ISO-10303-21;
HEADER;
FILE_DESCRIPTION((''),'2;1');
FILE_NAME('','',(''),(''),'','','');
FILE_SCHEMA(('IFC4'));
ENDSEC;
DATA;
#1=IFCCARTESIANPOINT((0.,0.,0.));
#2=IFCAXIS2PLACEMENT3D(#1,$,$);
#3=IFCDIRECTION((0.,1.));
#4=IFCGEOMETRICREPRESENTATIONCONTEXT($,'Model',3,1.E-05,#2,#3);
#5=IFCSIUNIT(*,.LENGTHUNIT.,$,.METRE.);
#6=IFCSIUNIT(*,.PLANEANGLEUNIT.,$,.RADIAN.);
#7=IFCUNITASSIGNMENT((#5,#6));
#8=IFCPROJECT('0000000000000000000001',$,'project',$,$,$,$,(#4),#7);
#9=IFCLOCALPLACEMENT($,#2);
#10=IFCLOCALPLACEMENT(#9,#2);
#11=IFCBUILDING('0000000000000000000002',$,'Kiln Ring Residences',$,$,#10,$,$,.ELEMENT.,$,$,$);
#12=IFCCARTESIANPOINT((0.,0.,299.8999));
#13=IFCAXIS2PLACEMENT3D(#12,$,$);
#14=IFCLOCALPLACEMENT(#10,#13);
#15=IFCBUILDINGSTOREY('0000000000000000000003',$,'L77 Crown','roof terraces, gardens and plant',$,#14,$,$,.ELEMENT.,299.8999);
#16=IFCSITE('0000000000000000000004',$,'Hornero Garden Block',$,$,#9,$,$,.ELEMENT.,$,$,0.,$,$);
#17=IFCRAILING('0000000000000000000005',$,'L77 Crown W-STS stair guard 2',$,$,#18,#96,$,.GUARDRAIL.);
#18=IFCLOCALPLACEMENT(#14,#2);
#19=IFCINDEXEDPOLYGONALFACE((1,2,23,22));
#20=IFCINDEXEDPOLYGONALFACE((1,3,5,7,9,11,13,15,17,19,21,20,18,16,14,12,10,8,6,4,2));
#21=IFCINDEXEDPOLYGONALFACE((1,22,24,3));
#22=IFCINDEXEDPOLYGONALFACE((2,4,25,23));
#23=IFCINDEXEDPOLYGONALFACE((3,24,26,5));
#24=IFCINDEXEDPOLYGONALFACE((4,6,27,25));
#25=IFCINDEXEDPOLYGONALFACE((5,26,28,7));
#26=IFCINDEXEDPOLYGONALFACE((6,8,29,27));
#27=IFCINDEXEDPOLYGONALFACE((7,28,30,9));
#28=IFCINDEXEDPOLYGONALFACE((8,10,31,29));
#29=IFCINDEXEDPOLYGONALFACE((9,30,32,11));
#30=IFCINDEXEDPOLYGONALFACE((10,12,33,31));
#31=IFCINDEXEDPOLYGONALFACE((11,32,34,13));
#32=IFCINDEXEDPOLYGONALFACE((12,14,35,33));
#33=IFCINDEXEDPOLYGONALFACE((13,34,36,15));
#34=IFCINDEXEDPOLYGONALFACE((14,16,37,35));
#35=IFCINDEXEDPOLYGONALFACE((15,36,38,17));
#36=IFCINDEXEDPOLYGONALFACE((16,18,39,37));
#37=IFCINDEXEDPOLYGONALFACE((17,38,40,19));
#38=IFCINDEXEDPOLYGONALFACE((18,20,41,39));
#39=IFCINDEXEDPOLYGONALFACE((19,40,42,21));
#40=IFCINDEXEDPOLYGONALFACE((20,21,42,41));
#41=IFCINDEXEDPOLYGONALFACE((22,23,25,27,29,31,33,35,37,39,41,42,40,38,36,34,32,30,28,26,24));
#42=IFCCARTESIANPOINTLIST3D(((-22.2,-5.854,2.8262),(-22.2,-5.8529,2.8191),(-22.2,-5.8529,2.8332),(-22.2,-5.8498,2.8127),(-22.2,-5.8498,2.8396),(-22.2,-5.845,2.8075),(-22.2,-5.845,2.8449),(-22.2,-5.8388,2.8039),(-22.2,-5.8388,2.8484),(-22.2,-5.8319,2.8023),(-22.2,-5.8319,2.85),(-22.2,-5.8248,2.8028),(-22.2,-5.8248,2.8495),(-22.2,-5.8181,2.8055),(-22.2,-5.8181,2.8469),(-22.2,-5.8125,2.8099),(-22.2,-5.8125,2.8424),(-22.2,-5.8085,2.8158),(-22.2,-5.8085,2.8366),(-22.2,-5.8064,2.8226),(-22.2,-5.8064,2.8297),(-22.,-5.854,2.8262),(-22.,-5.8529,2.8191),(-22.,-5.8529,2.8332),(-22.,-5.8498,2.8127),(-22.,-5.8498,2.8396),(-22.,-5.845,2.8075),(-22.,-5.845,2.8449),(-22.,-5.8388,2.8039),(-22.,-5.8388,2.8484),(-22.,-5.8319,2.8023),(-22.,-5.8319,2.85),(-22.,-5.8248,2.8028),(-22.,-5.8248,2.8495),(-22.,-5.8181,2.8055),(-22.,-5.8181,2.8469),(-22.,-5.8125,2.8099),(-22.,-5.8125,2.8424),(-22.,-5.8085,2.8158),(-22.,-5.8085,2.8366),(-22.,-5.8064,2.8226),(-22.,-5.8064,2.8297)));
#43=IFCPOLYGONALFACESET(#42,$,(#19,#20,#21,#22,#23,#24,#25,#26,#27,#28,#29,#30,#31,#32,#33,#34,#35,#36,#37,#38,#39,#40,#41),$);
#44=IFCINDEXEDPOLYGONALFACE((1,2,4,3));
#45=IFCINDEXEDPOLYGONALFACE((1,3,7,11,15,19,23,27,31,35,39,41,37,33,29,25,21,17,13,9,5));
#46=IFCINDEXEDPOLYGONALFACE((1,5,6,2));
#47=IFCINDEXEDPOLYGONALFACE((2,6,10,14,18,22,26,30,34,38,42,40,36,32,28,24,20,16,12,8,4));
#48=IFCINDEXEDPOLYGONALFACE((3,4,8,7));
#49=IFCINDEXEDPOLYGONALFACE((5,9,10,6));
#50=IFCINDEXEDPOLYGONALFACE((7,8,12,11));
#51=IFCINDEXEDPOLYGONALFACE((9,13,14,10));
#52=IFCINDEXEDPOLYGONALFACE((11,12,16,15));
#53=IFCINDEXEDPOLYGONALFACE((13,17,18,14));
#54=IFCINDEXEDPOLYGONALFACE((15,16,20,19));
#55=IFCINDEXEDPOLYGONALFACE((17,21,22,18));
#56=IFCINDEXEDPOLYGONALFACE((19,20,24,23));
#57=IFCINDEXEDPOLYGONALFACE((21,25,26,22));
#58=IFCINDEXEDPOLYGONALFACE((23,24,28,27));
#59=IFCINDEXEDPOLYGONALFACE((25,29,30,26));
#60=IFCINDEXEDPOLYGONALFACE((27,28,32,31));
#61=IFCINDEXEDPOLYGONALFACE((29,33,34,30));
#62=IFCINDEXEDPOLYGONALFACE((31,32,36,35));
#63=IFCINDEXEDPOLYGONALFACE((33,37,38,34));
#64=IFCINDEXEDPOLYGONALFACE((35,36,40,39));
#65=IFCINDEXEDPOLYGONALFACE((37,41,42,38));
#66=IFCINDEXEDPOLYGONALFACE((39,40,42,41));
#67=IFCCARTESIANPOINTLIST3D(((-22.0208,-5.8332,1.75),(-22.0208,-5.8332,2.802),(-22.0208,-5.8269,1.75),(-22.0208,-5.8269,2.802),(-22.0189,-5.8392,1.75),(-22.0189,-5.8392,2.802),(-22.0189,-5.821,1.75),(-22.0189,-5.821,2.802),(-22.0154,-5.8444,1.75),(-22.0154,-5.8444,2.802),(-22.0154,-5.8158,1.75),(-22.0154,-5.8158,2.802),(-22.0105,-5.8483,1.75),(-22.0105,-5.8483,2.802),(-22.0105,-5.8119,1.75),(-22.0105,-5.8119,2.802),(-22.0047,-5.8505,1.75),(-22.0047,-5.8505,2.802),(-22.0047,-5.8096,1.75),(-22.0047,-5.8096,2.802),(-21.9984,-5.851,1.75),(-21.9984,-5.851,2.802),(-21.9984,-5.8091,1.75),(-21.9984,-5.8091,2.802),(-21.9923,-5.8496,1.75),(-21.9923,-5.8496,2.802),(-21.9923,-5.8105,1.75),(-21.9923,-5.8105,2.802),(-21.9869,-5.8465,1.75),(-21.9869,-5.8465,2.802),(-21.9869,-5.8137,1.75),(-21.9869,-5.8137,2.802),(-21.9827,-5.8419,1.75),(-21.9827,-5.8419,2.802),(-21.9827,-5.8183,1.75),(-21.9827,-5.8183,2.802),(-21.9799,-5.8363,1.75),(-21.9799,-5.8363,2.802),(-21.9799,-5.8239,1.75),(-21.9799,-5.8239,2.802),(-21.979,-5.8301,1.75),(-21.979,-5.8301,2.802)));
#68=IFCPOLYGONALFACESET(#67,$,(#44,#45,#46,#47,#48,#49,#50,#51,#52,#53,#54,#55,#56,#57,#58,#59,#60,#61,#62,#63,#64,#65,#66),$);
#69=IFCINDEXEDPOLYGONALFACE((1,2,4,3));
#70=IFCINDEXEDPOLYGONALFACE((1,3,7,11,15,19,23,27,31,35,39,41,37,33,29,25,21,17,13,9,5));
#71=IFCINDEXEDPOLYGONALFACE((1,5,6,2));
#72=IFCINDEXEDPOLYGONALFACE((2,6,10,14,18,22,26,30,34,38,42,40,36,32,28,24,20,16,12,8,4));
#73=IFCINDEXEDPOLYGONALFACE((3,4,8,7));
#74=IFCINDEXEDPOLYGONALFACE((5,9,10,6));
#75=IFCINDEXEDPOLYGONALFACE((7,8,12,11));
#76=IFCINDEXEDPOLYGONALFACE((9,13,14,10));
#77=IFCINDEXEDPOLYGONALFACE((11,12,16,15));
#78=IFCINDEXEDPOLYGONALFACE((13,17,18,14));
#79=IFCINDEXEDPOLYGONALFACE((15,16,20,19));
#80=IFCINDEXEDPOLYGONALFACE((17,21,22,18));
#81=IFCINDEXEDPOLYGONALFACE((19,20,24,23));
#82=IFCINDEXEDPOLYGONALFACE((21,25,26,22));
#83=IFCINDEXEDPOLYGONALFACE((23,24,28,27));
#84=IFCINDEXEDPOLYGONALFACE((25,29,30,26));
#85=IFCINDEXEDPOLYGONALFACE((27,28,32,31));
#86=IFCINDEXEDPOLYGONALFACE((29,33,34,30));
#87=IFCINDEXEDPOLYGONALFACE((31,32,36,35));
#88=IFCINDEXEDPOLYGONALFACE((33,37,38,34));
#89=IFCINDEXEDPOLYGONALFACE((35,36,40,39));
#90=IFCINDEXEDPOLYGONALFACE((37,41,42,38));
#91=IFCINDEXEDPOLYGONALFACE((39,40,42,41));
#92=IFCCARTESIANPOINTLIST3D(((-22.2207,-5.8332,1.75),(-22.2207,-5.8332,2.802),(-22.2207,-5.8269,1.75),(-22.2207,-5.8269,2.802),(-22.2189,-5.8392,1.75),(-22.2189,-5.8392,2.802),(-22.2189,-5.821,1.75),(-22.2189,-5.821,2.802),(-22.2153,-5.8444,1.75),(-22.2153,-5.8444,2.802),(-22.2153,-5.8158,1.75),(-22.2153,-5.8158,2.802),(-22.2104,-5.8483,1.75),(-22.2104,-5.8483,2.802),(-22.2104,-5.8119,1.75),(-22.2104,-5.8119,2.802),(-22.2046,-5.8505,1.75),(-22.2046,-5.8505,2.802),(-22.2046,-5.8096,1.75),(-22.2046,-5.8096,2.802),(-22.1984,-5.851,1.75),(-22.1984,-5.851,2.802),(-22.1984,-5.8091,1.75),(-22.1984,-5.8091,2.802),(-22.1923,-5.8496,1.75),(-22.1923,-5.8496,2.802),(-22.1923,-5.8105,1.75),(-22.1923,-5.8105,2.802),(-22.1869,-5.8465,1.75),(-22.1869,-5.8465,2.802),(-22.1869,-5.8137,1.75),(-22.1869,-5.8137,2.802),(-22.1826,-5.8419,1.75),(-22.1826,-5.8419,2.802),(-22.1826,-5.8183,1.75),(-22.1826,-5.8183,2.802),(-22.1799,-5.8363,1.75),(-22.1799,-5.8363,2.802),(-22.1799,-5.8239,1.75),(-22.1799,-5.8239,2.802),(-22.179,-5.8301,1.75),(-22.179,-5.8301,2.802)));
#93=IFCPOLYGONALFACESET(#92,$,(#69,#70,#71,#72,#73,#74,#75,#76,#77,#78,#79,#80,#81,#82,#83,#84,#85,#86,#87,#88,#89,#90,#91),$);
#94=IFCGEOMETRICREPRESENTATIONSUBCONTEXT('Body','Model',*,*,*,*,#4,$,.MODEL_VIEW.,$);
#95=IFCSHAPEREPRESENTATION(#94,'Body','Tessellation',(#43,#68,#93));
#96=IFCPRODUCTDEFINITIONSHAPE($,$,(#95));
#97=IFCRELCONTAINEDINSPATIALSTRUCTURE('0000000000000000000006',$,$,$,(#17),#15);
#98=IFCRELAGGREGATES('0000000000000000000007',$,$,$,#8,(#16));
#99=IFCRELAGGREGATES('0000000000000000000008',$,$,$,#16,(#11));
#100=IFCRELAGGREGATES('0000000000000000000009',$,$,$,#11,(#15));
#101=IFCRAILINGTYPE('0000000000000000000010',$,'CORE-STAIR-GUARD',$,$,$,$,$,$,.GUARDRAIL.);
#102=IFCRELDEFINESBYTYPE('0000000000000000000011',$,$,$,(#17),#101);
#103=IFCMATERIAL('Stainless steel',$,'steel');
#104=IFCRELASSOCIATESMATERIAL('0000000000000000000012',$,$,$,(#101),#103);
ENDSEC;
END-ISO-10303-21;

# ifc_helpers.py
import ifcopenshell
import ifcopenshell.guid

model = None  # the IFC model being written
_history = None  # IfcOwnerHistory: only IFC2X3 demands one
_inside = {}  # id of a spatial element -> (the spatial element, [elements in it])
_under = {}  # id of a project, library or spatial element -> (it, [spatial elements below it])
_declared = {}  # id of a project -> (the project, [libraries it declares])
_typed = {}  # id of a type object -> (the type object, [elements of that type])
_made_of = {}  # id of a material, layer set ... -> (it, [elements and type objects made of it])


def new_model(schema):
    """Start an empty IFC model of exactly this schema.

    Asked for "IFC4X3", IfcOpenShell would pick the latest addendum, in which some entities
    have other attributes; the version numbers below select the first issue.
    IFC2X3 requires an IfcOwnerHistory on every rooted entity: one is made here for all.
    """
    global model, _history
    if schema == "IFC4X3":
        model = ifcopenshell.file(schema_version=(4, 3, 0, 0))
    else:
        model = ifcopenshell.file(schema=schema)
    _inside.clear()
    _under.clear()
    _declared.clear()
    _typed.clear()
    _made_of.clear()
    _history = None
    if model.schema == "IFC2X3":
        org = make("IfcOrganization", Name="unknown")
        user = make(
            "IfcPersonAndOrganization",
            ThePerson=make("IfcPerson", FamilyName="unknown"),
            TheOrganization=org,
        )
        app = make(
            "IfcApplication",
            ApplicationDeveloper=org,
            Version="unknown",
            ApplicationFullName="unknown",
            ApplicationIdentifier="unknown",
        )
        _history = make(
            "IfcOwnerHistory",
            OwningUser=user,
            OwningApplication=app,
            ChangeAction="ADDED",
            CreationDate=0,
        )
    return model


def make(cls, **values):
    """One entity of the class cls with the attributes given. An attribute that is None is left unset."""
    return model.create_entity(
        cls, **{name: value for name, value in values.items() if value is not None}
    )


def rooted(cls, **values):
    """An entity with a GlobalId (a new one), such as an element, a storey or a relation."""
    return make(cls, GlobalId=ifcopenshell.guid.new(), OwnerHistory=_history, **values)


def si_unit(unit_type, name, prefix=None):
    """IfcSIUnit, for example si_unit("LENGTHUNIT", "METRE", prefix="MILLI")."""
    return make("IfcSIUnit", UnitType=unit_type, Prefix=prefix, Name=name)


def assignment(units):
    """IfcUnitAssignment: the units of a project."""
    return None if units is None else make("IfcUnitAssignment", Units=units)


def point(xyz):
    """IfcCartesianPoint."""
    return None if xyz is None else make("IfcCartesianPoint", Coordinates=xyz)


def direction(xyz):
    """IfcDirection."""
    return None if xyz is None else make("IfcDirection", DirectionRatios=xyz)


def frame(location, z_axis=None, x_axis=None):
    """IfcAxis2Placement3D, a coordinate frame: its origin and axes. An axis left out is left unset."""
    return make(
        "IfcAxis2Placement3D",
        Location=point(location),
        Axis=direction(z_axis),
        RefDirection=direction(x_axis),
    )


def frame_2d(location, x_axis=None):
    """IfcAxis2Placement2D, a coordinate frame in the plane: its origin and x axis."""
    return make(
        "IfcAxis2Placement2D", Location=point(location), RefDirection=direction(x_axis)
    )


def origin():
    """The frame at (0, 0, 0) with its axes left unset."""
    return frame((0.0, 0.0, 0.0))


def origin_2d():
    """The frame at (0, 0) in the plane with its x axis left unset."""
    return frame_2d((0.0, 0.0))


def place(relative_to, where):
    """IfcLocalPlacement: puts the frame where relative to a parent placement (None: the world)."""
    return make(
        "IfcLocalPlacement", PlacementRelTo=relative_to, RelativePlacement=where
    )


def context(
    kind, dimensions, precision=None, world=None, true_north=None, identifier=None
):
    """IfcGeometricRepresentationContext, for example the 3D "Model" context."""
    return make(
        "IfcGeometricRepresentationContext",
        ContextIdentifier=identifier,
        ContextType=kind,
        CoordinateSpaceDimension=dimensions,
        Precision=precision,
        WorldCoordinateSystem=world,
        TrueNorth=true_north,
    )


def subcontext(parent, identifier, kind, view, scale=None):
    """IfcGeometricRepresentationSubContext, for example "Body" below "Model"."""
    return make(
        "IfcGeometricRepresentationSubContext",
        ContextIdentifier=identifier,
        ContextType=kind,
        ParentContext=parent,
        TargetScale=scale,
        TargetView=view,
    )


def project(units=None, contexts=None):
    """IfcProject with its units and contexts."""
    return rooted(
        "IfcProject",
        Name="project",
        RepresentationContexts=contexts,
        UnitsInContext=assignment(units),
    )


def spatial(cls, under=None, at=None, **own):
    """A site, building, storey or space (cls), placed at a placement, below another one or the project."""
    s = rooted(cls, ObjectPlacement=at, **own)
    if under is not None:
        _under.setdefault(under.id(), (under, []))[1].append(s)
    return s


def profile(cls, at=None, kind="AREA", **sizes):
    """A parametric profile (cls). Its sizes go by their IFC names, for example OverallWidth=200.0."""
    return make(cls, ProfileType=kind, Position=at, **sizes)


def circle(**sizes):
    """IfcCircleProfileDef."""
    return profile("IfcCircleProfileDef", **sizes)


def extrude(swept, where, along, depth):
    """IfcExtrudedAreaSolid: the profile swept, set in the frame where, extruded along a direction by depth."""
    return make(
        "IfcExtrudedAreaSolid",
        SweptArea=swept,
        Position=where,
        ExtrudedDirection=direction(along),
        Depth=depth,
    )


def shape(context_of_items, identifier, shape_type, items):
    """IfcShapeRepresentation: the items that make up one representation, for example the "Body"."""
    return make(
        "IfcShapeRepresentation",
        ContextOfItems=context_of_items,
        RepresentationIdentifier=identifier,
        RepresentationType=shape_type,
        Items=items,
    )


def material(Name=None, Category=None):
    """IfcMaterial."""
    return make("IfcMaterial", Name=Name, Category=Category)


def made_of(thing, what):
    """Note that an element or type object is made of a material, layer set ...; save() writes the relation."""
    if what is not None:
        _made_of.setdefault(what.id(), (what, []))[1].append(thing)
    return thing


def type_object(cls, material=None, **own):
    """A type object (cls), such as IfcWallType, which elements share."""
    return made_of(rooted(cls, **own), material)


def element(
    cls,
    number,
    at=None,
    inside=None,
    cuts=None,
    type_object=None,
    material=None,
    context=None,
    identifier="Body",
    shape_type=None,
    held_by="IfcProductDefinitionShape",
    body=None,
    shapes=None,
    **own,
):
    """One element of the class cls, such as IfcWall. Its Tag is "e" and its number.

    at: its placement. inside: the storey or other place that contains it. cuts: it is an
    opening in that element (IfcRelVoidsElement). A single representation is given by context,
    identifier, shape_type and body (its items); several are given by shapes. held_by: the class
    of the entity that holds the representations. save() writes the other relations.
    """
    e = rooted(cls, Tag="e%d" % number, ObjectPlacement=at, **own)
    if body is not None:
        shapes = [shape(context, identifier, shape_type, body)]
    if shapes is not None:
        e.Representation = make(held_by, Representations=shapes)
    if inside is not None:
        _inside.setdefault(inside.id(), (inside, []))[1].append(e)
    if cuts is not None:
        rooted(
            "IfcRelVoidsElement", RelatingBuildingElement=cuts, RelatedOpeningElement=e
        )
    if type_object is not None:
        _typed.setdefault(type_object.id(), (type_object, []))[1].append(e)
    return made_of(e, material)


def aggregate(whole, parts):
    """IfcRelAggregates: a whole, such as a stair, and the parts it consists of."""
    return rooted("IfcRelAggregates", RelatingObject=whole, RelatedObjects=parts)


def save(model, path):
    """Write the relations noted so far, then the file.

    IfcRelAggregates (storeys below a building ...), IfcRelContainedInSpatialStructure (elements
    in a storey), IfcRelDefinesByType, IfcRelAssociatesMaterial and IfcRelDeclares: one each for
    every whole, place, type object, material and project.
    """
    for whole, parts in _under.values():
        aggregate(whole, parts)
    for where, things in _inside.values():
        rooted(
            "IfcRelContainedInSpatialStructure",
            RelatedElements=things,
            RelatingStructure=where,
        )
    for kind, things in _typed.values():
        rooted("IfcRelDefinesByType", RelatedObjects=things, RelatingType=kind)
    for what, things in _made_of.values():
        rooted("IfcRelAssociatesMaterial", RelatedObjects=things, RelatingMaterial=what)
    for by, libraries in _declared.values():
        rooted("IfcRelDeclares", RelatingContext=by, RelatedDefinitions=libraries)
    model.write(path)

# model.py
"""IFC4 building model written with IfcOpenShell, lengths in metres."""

from ifc_helpers import new_model, si_unit, direction, frame, origin, origin_2d, place, context, subcontext, project, spatial, circle, extrude, material, type_object, element, save


model = new_model("IFC4")

# Units and contexts
model_context = context("Model", 3, precision=1e-05, world=origin(), true_north=direction((0.0, 1.0)))
body_context = subcontext(model_context, "Body", "Model", "MODEL_VIEW")
ifc_project = project(units=[si_unit("LENGTHUNIT", "METRE"), si_unit("PLANEANGLEUNIT", "RADIAN")], contexts=[model_context])

# Site, building, storey
site_placement = place(None, origin())
site = spatial("IfcSite", under=ifc_project, at=site_placement, Name="Hornero Garden Block", CompositionType="ELEMENT", RefElevation=0.0)
building_placement = place(site_placement, origin())
building = spatial("IfcBuilding", under=site, at=building_placement, Name="Kiln Ring Residences", CompositionType="ELEMENT")
storey_placement = place(building_placement, frame((0.0, 0.0, 299.8999)))
storey = spatial("IfcBuildingStorey", under=building, at=storey_placement, Name="L77 Crown", Description="roof terraces, gardens and plant", CompositionType="ELEMENT", Elevation=299.8999)

# Railing
ifc_material_1 = material(Name="Stainless steel", Category="steel")
railing_type_1 = type_object("IfcRailingType", Name="CORE-STAIR-GUARD", PredefinedType="GUARDRAIL", material=ifc_material_1)
railing_1_placement = place(storey_placement, frame((-22.0, -5.8301, 1.75)))
element("IfcRailing", 1, at=railing_1_placement, inside=storey, type_object=railing_type_1, Name="L77 Crown W-STS stair guard 2", PredefinedType="GUARDRAIL", context=body_context, shape_type="SweptSolid", body=[
    extrude(circle(Radius=0.0239, at=origin_2d()), frame((0.0, 0.0, 1.0762), z_axis=(-1.0, 0.0, 0.0), x_axis=(0.0, -1.0, 0.0)), (0.0, 0.0, 1.0), 0.2),
    extrude(circle(Radius=0.021, at=origin_2d()), origin(), (0.0, 0.0, 1.0), 1.052),
    extrude(circle(Radius=0.021, at=origin_2d()), frame((-0.2, 0.0, 0.0)), (0.0, 0.0, 1.0), 1.052),
])

save(model, "model.ifc")
